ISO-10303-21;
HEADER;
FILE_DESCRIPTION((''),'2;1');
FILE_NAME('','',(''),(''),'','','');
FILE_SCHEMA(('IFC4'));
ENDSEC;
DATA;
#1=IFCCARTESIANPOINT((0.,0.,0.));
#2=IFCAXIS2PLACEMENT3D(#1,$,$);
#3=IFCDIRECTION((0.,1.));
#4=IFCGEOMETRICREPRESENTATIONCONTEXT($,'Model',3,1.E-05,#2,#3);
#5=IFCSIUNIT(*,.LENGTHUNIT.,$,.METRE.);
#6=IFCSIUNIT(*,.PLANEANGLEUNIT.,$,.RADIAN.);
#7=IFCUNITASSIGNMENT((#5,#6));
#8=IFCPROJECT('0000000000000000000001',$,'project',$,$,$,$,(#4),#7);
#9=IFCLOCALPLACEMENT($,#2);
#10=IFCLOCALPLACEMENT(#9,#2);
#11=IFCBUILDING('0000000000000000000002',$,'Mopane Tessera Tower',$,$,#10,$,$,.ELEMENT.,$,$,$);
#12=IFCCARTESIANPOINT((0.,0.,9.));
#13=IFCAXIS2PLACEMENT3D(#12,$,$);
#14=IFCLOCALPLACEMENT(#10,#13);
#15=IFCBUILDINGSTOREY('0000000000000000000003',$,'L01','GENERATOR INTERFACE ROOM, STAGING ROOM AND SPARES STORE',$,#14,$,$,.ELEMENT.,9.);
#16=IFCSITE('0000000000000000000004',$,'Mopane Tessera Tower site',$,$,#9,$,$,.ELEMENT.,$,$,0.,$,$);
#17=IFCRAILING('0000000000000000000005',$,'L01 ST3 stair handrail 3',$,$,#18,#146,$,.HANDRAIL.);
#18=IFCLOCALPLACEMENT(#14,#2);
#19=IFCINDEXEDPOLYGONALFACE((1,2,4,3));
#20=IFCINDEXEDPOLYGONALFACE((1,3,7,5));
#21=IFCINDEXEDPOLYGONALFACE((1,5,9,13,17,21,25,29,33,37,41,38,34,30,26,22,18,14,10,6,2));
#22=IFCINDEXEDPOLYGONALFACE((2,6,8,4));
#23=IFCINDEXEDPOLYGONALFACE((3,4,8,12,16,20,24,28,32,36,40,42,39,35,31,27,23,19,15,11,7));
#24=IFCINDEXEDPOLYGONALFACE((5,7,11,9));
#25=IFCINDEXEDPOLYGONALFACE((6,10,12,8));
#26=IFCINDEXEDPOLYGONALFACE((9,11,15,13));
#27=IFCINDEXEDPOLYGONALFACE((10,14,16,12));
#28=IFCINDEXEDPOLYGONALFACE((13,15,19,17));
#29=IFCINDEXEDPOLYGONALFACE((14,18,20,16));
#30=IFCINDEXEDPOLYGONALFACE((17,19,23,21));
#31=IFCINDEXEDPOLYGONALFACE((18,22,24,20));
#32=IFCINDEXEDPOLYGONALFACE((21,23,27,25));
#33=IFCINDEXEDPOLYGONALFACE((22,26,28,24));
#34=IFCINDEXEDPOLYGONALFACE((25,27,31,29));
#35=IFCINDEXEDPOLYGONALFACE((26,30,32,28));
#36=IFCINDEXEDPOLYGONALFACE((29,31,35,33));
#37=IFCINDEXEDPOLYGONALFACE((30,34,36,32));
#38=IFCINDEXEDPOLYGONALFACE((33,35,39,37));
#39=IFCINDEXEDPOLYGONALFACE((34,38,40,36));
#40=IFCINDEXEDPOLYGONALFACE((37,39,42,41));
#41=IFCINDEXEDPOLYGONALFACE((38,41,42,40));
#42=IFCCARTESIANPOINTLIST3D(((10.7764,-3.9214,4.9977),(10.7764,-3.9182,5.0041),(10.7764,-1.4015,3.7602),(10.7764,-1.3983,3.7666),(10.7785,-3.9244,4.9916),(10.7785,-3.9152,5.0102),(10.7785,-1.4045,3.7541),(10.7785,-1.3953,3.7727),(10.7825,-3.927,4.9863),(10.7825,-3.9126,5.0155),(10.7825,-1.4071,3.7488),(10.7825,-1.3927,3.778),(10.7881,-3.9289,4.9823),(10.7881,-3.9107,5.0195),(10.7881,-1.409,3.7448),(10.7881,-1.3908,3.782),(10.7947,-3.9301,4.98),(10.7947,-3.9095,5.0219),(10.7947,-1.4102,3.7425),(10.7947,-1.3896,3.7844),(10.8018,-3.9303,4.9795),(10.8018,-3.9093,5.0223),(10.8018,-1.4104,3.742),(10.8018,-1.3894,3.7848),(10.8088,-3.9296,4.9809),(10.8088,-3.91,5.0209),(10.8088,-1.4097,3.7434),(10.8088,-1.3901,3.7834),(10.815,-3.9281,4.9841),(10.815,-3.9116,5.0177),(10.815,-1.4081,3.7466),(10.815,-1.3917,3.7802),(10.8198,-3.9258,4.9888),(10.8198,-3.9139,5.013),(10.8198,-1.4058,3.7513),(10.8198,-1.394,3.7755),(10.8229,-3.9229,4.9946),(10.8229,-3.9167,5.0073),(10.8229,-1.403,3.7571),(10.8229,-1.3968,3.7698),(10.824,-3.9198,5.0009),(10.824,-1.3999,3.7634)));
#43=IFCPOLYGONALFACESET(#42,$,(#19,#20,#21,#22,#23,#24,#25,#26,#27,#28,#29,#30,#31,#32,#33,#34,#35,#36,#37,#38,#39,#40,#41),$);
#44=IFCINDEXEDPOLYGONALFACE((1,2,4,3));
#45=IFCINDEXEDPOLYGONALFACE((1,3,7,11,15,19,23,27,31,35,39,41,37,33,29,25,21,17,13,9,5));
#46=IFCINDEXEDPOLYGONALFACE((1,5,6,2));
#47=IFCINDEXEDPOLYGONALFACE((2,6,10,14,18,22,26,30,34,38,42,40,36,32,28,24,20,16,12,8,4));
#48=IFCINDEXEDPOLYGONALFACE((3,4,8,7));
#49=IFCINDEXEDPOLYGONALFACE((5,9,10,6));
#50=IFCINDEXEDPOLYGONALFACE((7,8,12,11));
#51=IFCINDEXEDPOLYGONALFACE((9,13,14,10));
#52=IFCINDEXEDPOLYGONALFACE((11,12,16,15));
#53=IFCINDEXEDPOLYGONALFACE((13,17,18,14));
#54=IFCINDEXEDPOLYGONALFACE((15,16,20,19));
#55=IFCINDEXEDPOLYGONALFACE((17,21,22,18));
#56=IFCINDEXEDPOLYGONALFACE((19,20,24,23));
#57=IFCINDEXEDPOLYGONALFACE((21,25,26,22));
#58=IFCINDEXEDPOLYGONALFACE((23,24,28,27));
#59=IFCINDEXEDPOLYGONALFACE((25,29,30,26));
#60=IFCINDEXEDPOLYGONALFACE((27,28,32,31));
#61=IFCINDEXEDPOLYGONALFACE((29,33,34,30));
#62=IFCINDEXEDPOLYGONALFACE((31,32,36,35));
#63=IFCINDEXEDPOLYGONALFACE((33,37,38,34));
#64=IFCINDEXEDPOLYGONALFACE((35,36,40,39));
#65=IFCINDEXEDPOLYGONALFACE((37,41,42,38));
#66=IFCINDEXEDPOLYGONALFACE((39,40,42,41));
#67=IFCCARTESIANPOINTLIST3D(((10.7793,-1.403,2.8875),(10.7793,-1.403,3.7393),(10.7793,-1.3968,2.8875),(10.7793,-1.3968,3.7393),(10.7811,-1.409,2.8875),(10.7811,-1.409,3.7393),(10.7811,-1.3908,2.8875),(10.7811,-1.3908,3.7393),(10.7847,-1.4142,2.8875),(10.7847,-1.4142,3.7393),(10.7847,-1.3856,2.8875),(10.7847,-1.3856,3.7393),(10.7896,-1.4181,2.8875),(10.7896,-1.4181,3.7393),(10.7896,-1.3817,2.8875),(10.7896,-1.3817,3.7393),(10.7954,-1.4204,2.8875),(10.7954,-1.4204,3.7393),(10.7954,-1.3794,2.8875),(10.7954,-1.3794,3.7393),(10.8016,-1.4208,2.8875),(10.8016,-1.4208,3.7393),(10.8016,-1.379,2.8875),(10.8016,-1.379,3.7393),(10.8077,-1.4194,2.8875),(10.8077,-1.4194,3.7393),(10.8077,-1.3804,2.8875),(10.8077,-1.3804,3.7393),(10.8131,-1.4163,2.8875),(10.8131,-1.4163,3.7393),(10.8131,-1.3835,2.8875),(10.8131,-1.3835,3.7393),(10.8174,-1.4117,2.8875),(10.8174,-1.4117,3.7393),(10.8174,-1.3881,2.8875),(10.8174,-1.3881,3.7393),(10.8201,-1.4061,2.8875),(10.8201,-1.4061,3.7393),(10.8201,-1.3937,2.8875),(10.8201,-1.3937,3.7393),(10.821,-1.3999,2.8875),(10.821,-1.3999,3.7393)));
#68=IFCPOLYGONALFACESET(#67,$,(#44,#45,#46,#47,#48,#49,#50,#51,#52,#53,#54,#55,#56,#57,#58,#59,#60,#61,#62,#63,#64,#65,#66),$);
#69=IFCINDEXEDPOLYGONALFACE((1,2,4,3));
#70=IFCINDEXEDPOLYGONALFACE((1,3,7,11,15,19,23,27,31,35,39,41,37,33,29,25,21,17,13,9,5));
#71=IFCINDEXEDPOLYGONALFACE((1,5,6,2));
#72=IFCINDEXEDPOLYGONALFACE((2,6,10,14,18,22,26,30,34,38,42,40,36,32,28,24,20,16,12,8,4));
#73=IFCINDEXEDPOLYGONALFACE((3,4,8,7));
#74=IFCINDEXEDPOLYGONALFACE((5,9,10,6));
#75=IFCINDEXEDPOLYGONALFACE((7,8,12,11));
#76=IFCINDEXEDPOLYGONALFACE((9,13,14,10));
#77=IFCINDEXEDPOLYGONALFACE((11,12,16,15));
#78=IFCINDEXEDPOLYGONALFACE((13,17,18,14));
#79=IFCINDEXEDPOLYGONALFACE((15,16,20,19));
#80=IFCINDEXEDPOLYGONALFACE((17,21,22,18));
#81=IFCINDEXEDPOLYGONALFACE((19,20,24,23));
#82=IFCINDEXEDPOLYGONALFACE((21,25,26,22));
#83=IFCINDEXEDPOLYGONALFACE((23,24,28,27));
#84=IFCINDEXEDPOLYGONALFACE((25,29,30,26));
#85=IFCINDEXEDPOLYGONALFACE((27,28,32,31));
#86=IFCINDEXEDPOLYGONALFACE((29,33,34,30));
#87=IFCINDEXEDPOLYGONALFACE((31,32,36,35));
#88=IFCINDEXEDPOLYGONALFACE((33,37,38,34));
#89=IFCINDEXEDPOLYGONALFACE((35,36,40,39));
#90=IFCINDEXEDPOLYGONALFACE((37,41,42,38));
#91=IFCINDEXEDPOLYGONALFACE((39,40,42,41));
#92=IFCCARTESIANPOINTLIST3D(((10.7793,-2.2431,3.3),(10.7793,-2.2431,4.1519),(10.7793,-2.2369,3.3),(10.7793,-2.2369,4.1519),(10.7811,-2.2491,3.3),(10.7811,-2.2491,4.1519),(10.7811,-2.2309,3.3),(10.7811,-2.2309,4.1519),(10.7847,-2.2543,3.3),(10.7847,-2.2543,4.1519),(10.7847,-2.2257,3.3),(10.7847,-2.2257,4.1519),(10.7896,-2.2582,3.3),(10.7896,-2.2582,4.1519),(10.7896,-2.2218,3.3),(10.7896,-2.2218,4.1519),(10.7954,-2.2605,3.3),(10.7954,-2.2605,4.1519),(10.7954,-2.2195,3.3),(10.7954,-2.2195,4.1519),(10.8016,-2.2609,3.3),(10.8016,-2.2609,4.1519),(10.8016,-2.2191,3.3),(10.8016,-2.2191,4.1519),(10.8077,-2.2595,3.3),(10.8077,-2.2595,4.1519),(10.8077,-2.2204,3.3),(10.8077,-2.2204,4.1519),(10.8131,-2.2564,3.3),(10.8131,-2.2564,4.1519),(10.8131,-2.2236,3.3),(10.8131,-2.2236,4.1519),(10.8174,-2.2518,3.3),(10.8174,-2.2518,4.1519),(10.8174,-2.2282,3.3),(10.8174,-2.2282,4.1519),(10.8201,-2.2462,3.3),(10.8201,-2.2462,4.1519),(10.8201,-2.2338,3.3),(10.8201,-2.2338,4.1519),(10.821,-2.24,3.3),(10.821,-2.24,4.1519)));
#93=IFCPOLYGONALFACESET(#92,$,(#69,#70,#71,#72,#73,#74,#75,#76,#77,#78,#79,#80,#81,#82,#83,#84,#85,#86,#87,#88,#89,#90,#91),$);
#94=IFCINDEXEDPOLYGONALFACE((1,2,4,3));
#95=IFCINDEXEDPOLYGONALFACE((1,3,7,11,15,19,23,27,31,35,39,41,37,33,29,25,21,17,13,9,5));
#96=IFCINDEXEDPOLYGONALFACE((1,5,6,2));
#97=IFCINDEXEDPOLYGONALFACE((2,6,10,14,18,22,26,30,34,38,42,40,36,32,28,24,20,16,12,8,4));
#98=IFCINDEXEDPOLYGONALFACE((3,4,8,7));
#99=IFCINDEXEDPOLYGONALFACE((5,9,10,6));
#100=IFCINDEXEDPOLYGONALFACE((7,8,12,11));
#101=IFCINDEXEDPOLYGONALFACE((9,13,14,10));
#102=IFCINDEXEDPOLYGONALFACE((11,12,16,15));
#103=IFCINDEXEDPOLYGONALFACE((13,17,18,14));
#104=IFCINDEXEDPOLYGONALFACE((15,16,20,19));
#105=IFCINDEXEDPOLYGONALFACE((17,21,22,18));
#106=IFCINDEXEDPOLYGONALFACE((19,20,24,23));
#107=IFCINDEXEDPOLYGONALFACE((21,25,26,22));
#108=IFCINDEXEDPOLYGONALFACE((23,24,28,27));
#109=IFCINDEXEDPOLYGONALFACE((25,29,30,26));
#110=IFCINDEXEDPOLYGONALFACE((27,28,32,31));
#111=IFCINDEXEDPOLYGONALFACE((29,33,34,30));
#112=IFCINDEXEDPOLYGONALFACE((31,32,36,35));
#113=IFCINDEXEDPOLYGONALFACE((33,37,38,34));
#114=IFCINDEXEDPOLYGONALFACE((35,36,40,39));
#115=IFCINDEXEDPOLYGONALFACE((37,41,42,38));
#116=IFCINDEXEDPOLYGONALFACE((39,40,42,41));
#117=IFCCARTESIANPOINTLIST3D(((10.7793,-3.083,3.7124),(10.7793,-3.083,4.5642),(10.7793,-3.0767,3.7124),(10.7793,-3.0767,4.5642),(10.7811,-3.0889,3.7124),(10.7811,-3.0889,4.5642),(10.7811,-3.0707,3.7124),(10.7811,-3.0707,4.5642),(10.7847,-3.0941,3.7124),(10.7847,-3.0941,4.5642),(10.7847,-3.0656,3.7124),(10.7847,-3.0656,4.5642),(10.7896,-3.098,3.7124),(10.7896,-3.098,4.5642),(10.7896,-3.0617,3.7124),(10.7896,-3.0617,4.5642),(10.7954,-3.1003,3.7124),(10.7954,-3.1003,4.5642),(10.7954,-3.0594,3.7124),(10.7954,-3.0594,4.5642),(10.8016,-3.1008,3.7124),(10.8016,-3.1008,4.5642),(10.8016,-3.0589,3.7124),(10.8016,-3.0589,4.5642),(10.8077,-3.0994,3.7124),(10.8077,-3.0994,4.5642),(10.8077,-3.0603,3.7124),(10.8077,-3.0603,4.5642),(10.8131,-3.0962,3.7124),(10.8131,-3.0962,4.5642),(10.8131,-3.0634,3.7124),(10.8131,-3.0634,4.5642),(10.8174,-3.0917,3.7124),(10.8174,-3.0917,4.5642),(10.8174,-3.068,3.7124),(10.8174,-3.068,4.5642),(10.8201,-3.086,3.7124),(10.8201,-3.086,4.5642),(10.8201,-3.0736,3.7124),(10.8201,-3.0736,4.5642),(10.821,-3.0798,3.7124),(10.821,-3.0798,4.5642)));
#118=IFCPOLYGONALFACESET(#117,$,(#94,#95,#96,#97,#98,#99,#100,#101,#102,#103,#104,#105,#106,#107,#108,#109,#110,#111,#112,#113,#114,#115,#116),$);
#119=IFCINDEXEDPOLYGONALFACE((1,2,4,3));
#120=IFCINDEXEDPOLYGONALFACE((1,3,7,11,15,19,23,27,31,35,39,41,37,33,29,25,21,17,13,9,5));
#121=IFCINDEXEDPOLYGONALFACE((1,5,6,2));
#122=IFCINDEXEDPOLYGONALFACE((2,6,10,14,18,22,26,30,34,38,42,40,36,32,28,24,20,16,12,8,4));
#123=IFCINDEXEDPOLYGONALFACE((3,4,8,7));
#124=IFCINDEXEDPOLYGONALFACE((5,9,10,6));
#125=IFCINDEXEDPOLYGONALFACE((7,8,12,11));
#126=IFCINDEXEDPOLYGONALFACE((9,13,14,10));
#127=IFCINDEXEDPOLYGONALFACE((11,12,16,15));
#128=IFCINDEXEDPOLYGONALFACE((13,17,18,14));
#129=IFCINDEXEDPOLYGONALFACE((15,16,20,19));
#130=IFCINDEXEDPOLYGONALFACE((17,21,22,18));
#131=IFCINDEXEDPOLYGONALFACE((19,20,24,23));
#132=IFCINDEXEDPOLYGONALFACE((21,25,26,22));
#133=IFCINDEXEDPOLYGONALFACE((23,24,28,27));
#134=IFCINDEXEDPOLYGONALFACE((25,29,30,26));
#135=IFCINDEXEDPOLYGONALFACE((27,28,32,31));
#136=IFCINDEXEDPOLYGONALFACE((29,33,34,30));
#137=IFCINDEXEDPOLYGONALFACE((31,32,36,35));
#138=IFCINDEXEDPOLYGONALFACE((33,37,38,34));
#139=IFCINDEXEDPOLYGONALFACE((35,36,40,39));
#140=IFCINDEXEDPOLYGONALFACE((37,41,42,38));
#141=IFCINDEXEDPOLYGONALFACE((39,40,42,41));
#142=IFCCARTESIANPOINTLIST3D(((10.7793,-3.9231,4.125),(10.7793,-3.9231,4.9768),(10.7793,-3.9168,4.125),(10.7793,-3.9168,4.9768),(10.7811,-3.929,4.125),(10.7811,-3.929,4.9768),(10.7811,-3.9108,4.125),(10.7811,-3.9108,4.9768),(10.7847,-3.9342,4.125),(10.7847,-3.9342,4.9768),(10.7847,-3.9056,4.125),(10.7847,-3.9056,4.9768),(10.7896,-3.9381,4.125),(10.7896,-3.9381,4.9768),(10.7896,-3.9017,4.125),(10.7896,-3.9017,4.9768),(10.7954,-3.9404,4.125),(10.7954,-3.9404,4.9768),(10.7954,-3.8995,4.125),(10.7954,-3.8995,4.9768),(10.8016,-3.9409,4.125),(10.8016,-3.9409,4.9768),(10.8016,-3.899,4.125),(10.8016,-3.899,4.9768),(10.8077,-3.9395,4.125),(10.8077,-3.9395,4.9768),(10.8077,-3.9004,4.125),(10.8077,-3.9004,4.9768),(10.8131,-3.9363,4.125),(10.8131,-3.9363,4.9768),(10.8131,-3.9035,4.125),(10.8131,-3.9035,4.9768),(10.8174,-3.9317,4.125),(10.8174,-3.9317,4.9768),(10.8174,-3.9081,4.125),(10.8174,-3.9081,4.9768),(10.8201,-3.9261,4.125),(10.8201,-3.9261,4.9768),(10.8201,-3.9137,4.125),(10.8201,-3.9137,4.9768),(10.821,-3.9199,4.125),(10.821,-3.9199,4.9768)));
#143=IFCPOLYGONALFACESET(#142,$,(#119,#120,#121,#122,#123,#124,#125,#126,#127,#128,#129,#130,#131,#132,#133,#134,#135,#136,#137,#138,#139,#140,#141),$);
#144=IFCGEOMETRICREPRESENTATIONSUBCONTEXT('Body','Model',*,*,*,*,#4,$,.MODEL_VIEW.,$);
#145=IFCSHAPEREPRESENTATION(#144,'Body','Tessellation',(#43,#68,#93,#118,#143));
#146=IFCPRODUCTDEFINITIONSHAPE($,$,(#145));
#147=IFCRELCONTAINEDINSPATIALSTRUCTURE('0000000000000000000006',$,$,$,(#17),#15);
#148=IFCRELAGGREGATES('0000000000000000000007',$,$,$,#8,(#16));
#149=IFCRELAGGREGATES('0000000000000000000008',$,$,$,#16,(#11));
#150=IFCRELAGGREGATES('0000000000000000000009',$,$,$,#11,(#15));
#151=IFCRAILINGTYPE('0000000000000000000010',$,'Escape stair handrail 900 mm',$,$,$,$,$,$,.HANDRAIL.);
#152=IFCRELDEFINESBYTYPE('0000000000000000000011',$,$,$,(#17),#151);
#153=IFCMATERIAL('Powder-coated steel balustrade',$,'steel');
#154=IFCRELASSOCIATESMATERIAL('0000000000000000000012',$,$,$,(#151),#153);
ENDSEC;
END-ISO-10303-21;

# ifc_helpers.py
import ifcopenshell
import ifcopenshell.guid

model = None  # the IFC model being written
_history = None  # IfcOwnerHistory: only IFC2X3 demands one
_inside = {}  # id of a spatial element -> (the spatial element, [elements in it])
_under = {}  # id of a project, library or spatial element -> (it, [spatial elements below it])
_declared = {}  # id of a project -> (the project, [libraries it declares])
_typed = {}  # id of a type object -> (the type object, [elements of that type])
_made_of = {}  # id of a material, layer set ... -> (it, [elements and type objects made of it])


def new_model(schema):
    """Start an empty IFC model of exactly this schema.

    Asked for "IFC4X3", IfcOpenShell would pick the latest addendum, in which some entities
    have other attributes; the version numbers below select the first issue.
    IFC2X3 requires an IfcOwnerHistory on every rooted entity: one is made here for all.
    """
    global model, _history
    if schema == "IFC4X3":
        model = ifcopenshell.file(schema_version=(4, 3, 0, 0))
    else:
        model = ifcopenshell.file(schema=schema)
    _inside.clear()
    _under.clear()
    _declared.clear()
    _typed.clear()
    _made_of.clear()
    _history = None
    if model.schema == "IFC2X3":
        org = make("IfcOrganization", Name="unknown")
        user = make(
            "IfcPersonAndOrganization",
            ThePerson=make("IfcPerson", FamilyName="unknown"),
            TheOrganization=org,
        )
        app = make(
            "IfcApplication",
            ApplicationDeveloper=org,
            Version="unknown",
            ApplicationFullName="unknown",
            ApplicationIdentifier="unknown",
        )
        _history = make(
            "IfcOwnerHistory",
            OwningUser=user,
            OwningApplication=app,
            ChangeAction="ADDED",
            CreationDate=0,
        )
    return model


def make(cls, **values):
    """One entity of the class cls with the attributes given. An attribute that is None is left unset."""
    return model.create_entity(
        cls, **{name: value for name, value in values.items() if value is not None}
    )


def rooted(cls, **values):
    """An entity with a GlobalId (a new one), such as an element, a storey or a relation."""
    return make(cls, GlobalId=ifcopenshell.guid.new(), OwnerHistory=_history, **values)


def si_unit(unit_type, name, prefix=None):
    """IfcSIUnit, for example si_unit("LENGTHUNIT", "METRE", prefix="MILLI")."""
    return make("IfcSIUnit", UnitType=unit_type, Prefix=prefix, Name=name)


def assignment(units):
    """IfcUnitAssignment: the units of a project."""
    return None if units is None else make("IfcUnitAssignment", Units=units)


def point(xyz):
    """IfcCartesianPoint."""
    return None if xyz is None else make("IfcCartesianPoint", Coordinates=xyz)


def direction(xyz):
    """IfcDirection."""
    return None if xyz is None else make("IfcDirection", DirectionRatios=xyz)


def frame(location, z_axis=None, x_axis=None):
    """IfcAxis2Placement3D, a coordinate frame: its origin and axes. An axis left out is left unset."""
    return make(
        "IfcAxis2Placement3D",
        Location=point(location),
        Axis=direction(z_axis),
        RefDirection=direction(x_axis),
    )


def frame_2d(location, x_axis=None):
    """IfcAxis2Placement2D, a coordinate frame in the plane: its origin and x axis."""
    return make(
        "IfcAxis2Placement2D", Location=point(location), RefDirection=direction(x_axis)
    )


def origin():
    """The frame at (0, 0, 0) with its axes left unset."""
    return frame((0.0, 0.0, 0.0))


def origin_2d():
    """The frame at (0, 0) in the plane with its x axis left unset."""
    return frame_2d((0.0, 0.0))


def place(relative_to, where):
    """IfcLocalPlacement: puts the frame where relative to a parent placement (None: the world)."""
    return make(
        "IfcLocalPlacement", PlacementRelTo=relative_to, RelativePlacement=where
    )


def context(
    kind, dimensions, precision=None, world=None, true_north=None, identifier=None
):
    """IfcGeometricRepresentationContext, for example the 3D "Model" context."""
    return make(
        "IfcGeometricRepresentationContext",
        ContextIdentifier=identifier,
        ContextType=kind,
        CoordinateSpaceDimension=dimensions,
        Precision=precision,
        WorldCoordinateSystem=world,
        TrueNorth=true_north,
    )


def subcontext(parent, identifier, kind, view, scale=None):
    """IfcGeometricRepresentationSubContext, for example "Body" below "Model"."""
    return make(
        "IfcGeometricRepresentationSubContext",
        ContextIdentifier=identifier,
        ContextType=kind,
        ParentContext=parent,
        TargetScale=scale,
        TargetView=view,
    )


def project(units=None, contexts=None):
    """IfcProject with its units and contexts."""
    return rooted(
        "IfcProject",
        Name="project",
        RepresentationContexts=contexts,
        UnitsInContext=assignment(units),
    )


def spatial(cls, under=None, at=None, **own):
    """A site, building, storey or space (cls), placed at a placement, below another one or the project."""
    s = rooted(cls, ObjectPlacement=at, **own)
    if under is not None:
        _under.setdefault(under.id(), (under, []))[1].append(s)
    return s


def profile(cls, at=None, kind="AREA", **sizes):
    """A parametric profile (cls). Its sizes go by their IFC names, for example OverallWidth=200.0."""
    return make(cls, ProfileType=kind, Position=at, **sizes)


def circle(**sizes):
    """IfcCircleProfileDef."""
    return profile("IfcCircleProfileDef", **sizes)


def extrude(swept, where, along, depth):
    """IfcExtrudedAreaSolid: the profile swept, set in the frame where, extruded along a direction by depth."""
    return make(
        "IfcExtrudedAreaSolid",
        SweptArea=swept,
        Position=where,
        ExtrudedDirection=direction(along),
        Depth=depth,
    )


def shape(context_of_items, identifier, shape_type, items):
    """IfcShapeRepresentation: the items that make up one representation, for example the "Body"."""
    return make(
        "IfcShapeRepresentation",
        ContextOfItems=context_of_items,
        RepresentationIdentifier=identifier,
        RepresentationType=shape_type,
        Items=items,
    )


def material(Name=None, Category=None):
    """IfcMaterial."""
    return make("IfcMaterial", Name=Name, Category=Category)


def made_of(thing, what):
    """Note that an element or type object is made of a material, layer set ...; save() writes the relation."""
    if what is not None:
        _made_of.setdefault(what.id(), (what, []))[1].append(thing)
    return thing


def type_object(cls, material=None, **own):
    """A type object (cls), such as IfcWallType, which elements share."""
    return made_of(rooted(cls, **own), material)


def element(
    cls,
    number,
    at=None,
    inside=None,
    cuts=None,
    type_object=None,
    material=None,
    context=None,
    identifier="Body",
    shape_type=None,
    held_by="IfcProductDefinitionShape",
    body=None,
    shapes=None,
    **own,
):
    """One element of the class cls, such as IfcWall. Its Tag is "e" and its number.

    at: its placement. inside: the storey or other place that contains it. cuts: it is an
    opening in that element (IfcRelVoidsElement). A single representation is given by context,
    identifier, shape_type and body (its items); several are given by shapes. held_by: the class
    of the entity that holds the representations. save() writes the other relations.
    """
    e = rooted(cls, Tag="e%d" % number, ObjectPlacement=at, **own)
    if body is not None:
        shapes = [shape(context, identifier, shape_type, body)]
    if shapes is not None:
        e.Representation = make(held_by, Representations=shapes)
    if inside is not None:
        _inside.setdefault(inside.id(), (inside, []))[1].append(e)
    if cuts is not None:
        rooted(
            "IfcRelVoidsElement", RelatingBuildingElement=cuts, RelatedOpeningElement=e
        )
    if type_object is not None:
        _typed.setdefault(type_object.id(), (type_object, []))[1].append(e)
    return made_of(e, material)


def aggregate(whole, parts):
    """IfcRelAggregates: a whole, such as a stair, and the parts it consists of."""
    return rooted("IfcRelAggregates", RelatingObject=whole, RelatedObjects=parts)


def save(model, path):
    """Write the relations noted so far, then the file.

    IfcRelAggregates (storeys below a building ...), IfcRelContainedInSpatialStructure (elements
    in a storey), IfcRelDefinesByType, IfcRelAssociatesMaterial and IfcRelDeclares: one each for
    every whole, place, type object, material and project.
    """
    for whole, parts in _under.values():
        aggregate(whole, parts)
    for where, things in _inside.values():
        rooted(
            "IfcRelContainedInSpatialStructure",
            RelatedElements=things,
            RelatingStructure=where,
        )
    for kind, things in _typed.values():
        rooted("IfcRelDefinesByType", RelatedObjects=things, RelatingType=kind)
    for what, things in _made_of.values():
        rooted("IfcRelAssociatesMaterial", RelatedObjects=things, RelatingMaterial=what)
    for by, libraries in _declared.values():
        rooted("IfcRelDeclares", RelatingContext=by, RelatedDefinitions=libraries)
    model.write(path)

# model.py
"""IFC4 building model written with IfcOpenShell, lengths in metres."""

from ifc_helpers import new_model, si_unit, direction, frame, origin, origin_2d, place, context, subcontext, project, spatial, circle, extrude, material, type_object, element, save


model = new_model("IFC4")

# Units and contexts
model_context = context("Model", 3, precision=1e-05, world=origin(), true_north=direction((0.0, 1.0)))
body_context = subcontext(model_context, "Body", "Model", "MODEL_VIEW")
ifc_project = project(units=[si_unit("LENGTHUNIT", "METRE"), si_unit("PLANEANGLEUNIT", "RADIAN")], contexts=[model_context])

# Site, building, storey
site_placement = place(None, origin())
site = spatial("IfcSite", under=ifc_project, at=site_placement, Name="Mopane Tessera Tower site", CompositionType="ELEMENT", RefElevation=0.0)
building_placement = place(site_placement, origin())
building = spatial("IfcBuilding", under=site, at=building_placement, Name="Mopane Tessera Tower", CompositionType="ELEMENT")
storey_placement = place(building_placement, frame((0.0, 0.0, 9.0)))
storey = spatial("IfcBuildingStorey", under=building, at=storey_placement, Name="L01", Description="GENERATOR INTERFACE ROOM, STAGING ROOM AND SPARES STORE", CompositionType="ELEMENT", Elevation=9.0)

# Railing
ifc_material_1 = material(Name="Powder-coated steel balustrade", Category="steel")
railing_type_1 = type_object("IfcRailingType", Name="Escape stair handrail 900 mm", PredefinedType="HANDRAIL", material=ifc_material_1)
railing_1_placement = place(storey_placement, frame((10.8, -1.3999, 2.8875)))
element("IfcRailing", 1, at=railing_1_placement, inside=storey, type_object=railing_type_1, Name="L01 ST3 stair handrail 3", PredefinedType="HANDRAIL", context=body_context, shape_type="SweptSolid", body=[
    extrude(circle(Radius=0.0239, at=origin_2d()), frame((0.0, 0.0, 0.876), z_axis=(0.0, -0.897604, 0.440802), x_axis=(1.0, 0.0, 0.0)), (0.0, 0.0, 1.0), 2.8074),
    extrude(circle(Radius=0.021, at=origin_2d()), origin(), (0.0, 0.0, 1.0), 0.8518),
    extrude(circle(Radius=0.021, at=origin_2d()), frame((0.0, -0.8401, 0.4126)), (0.0, 0.0, 1.0), 0.8518),
    extrude(circle(Radius=0.021, at=origin_2d()), frame((0.0, -1.6799, 0.825)), (0.0, 0.0, 1.0), 0.8518),
    extrude(circle(Radius=0.021, at=origin_2d()), frame((0.0, -2.52, 1.2375)), (0.0, 0.0, 1.0), 0.8518),
])

save(model, "model.ifc")
